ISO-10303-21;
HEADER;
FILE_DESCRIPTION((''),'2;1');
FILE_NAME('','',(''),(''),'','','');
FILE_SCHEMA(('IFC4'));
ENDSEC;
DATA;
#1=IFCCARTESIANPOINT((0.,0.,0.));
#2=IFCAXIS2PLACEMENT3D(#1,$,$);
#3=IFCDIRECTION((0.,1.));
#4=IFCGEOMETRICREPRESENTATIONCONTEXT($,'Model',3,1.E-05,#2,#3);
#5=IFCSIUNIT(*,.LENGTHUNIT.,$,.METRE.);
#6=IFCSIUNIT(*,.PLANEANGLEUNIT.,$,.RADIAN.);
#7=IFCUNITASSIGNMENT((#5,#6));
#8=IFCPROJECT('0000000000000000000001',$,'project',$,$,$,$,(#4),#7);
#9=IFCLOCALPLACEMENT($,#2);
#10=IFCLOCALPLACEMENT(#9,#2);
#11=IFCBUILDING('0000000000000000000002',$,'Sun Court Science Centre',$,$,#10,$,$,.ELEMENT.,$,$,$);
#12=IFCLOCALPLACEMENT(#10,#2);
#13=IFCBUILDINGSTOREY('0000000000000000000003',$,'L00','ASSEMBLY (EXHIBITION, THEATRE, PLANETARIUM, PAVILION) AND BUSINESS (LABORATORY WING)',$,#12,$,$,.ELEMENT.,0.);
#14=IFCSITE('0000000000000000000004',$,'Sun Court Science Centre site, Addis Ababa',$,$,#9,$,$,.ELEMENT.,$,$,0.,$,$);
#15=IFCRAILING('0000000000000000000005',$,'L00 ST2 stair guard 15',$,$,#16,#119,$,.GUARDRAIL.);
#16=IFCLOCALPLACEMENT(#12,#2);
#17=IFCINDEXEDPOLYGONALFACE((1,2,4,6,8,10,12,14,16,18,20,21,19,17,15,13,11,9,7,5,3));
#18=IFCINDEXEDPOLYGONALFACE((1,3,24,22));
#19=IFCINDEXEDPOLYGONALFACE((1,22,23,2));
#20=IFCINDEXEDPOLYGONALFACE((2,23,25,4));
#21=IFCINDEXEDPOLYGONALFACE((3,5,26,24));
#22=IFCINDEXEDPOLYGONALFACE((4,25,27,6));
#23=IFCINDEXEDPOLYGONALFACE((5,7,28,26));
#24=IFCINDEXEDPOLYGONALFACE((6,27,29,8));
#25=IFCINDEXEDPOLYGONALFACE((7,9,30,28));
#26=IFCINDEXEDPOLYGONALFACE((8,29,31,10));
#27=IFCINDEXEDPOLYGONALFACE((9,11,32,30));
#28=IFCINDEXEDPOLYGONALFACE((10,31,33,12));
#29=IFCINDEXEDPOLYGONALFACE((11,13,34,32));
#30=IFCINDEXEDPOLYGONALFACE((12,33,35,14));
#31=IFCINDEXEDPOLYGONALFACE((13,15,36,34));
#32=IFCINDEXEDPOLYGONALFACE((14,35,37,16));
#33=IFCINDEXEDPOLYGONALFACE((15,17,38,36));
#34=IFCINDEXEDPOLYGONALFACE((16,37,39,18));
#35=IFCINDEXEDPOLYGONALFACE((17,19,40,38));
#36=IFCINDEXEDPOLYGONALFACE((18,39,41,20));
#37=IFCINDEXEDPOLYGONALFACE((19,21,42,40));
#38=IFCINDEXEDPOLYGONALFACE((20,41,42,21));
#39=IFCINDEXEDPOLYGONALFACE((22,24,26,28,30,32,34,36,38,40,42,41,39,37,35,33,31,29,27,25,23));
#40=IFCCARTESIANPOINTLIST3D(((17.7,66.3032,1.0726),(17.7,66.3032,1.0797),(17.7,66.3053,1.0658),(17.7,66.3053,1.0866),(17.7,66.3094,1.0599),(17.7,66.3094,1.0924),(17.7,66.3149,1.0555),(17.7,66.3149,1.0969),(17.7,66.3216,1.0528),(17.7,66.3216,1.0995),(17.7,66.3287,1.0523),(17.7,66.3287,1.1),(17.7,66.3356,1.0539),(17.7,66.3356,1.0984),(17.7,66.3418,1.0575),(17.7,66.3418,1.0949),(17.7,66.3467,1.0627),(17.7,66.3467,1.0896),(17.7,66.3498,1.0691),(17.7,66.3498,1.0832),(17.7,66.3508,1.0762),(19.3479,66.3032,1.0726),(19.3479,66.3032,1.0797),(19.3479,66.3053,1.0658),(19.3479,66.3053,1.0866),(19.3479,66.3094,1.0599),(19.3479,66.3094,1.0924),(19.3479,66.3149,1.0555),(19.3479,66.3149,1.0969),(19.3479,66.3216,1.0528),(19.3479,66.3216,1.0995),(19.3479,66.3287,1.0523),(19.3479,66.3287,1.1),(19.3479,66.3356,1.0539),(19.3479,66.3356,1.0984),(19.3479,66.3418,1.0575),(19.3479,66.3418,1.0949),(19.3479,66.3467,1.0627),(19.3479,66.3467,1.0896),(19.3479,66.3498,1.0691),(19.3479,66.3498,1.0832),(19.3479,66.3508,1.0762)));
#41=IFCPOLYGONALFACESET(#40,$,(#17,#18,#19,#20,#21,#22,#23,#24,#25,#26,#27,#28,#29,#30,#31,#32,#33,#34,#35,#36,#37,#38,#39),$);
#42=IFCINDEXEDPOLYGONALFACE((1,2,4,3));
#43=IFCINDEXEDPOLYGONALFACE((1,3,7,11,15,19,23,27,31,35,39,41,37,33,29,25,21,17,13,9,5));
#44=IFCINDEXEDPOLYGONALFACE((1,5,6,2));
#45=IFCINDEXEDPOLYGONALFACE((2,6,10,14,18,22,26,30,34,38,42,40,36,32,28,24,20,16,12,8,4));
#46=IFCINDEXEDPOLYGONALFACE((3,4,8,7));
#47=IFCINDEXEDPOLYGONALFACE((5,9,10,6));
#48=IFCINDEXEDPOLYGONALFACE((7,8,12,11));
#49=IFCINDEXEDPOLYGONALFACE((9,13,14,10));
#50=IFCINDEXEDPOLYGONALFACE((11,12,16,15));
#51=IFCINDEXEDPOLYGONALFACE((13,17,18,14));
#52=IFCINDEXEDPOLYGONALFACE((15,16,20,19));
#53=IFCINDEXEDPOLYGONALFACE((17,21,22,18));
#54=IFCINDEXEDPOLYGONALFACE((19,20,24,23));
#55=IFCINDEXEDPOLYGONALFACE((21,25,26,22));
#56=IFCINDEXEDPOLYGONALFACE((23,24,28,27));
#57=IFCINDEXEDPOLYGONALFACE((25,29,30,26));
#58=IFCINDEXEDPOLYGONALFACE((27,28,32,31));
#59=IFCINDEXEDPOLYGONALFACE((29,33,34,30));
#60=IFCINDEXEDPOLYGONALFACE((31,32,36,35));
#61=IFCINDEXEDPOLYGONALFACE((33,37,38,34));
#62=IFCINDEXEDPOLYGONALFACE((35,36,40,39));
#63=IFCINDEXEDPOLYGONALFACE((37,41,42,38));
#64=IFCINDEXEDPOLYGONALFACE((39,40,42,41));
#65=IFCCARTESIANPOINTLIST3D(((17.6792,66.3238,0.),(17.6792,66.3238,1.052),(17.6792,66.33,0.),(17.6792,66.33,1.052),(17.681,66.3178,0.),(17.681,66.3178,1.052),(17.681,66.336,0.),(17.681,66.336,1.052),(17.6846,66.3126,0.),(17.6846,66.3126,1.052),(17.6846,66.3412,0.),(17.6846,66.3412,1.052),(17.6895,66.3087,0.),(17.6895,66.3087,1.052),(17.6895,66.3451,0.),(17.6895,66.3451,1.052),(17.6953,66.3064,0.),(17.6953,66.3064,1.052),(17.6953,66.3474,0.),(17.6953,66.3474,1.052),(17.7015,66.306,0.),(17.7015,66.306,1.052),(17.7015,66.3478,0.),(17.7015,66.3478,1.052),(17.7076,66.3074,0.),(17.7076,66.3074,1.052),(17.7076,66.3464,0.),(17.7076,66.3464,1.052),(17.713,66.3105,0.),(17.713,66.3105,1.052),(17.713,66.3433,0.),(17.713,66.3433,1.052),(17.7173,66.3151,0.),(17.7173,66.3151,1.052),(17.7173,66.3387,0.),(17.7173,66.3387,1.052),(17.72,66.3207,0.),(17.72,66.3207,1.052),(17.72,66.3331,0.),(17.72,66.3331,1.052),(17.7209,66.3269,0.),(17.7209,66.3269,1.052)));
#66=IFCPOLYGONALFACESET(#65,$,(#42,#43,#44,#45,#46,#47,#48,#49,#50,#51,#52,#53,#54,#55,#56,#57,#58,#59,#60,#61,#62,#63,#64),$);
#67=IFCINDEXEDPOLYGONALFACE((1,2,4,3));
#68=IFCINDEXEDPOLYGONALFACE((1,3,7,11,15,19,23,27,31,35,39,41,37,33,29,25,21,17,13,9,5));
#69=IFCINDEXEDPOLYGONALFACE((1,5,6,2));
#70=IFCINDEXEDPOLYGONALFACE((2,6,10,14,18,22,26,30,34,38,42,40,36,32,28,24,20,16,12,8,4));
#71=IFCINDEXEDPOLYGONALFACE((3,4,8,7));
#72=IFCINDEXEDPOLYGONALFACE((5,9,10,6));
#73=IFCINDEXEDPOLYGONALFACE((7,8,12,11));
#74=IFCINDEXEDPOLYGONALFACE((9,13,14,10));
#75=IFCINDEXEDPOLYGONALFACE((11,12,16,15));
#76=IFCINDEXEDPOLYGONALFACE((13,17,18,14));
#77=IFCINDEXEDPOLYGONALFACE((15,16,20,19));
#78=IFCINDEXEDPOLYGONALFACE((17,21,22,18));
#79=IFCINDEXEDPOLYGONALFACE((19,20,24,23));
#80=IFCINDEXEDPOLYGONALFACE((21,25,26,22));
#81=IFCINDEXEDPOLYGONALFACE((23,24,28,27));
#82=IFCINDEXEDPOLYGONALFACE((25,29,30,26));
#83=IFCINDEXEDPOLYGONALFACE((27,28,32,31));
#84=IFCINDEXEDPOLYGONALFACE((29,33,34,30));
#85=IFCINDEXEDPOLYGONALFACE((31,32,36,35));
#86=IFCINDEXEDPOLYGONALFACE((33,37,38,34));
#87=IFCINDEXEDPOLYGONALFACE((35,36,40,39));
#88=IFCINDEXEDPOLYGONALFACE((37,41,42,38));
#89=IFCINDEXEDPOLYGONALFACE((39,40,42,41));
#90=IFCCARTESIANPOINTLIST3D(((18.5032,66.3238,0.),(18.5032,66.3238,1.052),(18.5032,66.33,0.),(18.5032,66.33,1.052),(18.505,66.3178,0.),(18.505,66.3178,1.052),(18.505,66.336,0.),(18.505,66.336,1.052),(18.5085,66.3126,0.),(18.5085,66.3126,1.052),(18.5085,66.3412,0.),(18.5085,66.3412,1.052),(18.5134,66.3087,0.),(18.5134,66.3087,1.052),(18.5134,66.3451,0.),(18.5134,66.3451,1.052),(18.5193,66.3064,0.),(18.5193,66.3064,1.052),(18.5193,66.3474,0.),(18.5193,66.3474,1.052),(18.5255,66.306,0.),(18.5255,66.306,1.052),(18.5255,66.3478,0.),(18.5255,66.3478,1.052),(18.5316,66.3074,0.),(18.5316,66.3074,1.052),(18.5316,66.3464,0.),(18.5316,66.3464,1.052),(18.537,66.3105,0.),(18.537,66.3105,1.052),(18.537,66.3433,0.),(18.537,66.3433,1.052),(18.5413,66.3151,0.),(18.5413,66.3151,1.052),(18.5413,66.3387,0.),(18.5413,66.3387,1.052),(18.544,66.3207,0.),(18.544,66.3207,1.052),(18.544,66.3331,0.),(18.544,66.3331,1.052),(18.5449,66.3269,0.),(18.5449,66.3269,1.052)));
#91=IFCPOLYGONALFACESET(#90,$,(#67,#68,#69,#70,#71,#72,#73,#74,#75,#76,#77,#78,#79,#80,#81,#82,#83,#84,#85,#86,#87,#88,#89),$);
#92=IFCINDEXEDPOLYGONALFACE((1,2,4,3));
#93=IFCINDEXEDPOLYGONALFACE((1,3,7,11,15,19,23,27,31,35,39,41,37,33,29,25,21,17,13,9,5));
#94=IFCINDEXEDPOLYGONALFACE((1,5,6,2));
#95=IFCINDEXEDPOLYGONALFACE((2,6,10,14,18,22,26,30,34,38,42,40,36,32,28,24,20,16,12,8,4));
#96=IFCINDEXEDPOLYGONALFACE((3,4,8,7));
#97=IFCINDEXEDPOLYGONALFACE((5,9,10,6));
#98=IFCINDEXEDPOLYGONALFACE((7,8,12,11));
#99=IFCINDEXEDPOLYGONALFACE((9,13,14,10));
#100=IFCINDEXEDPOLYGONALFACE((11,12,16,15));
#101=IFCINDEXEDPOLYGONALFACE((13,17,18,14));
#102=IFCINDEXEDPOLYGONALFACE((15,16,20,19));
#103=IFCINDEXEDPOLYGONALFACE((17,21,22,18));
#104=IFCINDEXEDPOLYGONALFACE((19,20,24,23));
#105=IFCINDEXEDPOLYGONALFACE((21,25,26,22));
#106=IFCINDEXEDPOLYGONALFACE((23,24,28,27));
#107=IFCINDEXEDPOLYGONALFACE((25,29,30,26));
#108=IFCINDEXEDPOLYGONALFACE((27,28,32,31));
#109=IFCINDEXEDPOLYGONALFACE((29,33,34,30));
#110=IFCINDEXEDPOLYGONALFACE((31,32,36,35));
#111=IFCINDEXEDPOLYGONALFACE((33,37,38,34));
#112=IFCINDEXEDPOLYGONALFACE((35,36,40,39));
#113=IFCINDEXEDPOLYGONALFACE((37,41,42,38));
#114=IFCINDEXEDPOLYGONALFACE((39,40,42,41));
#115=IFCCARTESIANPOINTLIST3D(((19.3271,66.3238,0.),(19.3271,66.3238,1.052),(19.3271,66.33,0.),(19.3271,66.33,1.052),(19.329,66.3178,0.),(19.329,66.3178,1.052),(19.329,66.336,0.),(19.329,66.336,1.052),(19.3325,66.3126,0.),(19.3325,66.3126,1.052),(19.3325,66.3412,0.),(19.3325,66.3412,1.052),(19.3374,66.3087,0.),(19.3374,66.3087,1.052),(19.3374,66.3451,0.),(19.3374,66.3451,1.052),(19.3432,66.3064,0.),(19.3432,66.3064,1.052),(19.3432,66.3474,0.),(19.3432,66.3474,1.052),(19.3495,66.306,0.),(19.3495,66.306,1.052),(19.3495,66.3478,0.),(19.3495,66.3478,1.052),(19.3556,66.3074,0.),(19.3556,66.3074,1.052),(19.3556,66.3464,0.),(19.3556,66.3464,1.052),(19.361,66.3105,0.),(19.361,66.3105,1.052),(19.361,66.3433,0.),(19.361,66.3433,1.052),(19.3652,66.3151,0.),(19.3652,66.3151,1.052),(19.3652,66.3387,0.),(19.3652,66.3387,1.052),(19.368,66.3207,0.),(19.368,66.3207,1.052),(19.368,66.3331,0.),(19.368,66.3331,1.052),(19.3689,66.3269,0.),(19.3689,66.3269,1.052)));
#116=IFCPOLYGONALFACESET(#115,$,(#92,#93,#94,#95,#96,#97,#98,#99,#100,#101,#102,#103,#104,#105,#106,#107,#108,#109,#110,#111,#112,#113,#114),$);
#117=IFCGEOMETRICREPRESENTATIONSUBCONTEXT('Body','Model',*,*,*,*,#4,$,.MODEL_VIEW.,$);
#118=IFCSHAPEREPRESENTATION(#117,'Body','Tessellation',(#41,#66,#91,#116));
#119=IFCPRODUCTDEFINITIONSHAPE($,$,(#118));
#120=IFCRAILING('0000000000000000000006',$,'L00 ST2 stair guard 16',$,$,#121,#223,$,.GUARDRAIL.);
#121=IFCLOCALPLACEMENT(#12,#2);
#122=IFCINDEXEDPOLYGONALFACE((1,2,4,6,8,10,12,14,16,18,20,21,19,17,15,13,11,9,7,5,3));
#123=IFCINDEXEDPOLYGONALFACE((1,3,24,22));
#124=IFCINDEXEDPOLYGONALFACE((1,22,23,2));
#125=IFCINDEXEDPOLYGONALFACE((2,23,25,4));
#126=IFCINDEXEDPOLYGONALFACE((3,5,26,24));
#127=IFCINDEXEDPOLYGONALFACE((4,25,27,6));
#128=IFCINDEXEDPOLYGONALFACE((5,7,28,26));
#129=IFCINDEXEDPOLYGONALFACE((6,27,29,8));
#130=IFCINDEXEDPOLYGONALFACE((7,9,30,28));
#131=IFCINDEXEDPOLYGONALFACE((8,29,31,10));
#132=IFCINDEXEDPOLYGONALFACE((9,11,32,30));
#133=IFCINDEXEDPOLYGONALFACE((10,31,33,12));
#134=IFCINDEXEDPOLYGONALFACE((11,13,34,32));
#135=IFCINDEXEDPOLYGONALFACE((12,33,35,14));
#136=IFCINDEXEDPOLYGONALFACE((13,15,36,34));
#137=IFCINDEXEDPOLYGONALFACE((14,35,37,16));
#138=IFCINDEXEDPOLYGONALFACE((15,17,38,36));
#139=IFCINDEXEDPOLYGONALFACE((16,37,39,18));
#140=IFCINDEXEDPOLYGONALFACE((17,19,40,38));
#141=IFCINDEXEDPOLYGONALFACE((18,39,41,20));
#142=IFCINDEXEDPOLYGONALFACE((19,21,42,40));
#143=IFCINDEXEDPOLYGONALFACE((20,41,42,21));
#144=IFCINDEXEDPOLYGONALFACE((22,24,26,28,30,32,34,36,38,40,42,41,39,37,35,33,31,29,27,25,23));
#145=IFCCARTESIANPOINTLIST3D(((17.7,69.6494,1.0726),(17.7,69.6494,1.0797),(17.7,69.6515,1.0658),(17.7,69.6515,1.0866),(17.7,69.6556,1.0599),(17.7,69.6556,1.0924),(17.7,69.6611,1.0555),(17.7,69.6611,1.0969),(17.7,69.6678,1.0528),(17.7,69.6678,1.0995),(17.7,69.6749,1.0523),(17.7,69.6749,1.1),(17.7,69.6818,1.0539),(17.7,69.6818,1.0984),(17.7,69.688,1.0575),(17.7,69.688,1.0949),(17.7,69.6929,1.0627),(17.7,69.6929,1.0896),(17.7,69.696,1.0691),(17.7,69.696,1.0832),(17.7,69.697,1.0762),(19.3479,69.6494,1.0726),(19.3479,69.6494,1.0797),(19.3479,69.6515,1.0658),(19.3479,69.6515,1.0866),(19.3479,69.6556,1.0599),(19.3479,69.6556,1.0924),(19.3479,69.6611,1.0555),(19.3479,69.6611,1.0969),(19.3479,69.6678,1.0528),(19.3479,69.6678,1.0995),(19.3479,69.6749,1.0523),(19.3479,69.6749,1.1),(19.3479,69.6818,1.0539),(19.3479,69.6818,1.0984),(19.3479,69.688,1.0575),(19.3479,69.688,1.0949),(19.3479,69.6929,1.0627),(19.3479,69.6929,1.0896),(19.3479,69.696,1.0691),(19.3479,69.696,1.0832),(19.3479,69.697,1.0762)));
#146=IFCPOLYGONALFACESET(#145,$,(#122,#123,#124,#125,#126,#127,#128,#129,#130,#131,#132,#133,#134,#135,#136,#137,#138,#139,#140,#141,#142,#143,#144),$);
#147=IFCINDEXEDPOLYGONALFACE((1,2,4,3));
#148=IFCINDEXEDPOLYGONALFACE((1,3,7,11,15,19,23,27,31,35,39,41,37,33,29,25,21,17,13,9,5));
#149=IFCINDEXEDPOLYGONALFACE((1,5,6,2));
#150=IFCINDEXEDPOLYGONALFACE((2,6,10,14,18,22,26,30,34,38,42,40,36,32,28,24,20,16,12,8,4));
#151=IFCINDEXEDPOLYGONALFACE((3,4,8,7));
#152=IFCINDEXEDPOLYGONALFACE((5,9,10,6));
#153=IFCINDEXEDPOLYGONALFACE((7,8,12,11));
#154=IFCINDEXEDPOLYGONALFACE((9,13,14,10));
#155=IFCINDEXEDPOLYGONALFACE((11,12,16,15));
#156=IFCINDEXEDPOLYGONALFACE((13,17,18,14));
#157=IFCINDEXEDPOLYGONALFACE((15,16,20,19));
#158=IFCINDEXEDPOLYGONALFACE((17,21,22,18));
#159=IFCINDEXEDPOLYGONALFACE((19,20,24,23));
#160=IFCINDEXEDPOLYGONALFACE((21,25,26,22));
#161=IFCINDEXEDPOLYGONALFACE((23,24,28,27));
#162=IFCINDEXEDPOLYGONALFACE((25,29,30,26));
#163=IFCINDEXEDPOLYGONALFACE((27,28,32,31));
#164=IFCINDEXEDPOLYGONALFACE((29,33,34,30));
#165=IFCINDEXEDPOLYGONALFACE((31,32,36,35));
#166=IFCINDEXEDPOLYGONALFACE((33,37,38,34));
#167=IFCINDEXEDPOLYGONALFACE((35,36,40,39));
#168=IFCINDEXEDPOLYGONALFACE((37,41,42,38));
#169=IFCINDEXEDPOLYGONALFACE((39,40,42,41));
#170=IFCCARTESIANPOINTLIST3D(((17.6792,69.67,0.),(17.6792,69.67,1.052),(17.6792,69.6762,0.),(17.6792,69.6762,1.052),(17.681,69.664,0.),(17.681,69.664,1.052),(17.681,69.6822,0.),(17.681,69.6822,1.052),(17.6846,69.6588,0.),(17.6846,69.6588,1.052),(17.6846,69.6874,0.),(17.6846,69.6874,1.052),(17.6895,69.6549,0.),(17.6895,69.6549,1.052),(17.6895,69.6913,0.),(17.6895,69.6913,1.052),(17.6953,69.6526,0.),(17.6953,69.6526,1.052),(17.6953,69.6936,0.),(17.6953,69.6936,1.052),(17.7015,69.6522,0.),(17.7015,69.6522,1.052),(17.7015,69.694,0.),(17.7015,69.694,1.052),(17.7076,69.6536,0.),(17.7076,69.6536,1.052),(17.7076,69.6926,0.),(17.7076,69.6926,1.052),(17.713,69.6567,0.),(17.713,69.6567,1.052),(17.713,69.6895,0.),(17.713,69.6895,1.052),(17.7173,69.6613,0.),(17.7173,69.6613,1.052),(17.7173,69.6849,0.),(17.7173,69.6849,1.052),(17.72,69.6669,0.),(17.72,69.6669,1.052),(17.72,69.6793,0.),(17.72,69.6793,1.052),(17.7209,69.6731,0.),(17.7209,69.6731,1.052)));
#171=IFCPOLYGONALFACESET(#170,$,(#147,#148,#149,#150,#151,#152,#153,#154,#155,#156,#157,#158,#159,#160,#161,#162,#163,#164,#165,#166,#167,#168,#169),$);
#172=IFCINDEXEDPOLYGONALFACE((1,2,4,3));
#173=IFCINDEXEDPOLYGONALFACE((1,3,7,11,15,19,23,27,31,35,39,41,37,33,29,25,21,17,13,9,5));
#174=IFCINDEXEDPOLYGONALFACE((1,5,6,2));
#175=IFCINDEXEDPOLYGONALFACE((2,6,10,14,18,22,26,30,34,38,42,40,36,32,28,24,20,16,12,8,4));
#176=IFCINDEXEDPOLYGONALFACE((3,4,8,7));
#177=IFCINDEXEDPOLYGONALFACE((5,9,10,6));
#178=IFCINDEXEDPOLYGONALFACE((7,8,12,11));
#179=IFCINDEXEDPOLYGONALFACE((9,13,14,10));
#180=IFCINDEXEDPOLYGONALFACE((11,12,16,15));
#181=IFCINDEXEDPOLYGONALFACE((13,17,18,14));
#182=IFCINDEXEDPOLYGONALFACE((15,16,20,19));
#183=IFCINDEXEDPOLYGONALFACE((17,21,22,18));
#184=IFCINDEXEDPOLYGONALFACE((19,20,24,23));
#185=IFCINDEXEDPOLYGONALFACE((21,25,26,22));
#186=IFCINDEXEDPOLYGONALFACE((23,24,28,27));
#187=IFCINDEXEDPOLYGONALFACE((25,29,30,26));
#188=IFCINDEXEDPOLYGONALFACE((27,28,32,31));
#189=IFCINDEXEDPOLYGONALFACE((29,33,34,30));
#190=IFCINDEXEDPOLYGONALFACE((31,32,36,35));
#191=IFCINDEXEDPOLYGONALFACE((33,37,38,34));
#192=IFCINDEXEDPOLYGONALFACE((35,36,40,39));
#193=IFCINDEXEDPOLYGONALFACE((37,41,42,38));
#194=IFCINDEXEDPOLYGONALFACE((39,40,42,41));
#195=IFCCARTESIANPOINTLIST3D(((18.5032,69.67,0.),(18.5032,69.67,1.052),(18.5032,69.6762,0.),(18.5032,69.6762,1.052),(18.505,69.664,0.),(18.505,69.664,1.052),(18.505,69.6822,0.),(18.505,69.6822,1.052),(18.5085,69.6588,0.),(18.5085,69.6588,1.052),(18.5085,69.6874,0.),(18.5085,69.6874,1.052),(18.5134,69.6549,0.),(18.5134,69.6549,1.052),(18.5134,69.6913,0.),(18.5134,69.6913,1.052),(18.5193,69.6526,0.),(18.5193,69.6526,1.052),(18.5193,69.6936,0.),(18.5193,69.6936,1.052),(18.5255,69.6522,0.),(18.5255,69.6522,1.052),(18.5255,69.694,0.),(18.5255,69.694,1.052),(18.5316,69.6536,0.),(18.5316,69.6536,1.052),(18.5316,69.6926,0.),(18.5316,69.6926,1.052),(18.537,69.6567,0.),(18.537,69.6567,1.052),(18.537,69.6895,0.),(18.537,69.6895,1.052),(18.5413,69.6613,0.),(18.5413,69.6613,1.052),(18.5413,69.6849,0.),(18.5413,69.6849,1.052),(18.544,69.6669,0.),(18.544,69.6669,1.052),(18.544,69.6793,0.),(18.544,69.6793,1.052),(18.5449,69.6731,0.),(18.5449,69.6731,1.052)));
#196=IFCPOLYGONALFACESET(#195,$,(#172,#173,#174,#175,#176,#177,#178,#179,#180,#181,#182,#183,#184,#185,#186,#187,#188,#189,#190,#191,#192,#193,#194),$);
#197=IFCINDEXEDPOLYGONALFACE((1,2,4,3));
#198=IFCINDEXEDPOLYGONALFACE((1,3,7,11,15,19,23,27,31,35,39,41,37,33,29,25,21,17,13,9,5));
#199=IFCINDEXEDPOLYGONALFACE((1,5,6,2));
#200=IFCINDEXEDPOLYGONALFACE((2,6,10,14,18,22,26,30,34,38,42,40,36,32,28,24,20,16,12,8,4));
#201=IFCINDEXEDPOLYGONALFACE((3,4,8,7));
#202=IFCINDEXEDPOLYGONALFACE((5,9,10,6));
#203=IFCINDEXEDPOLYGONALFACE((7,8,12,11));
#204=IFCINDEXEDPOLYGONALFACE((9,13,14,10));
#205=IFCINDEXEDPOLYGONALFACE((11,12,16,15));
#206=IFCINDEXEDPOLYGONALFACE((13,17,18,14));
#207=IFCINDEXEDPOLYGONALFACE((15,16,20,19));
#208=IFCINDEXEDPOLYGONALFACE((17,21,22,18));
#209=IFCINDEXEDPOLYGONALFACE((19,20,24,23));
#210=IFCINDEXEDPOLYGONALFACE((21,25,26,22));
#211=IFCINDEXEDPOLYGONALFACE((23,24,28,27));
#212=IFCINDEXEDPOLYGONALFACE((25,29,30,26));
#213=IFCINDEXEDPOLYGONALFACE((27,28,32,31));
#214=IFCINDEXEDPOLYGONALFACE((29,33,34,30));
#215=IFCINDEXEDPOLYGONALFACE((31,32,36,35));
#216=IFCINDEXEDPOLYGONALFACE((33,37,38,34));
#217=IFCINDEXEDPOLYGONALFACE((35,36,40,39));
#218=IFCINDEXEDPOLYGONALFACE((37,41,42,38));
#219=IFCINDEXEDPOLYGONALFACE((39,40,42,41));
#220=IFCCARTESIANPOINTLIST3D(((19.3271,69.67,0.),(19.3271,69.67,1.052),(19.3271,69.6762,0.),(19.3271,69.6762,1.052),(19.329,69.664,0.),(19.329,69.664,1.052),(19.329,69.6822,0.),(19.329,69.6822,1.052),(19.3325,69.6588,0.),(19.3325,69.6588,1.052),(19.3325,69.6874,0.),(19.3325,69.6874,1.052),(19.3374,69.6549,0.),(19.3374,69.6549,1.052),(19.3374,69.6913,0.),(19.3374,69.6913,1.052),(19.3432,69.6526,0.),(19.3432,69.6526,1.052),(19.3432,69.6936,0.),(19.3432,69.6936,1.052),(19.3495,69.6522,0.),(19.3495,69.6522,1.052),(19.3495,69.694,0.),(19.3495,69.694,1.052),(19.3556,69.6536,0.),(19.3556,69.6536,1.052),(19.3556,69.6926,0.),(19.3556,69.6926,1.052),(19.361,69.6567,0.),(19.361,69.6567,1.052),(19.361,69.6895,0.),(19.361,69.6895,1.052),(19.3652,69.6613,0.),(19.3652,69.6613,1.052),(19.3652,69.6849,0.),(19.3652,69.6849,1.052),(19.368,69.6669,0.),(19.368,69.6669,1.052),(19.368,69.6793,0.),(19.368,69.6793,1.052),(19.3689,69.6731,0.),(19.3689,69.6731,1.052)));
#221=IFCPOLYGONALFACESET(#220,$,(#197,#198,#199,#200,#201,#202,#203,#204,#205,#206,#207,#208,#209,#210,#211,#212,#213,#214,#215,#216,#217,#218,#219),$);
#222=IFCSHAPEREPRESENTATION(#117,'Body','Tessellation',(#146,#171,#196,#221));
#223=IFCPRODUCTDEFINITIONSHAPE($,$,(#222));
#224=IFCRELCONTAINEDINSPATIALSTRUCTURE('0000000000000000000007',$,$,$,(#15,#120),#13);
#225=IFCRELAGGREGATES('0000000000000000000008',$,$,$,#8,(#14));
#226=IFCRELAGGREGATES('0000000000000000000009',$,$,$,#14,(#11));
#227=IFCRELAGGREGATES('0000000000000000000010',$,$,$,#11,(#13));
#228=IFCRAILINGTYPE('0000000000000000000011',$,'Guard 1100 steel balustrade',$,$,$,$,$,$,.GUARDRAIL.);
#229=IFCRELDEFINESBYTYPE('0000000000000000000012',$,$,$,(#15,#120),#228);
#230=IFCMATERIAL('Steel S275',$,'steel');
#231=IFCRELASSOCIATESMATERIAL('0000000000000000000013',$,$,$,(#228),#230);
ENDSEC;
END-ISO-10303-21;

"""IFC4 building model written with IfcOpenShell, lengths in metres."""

from ifc_helpers import new_model, si_unit, direction, frame, origin, origin_2d, place, context, subcontext, project, spatial, circle, extrude, material, type_object, element, save


model = new_model("IFC4")

# Units and contexts
model_context = context("Model", 3, precision=1e-05, world=origin(), true_north=direction((0.0, 1.0)))
body_context = subcontext(model_context, "Body", "Model", "MODEL_VIEW")
ifc_project = project(units=[si_unit("LENGTHUNIT", "METRE"), si_unit("PLANEANGLEUNIT", "RADIAN")], contexts=[model_context])

# Site, building, storey
site_placement = place(None, origin())
site = spatial("IfcSite", under=ifc_project, at=site_placement, Name="Sun Court Science Centre site, Addis Ababa", CompositionType="ELEMENT", RefElevation=0.0)
building_placement = place(site_placement, origin())
building = spatial("IfcBuilding", under=site, at=building_placement, Name="Sun Court Science Centre", CompositionType="ELEMENT")
storey_placement = place(building_placement, origin())
storey = spatial("IfcBuildingStorey", under=building, at=storey_placement, Name="L00", Description="ASSEMBLY (EXHIBITION, THEATRE, PLANETARIUM, PAVILION) AND BUSINESS (LABORATORY WING)", CompositionType="ELEMENT", Elevation=0.0)

# Railings
ifc_material_1 = material(Name="Steel S275", Category="steel")
railing_type_1 = type_object("IfcRailingType", Name="Guard 1100 steel balustrade", PredefinedType="GUARDRAIL", material=ifc_material_1)
for number, where, name in (
    (1, (17.7, 66.3269, 0.0), "L00 ST2 stair guard 15"),
    (2, (17.7, 69.6731, 0.0), "L00 ST2 stair guard 16"),
):
    element("IfcRailing", number, at=place(storey_placement, frame(where)), inside=storey, type_object=railing_type_1, Name=name, PredefinedType="GUARDRAIL", context=body_context, shape_type="SweptSolid", body=[
        extrude(circle(Radius=0.0239, at=origin_2d()), frame((0.0, 0.0, 1.0762), z_axis=(1.0, 0.0, 0.0), x_axis=(0.0, 1.0, 0.0)), (0.0, 0.0, 1.0), 1.6479),
        extrude(circle(Radius=0.021, at=origin_2d()), origin(), (0.0, 0.0, 1.0), 1.052),
        extrude(circle(Radius=0.021, at=origin_2d()), frame((0.824, 0.0, 0.0)), (0.0, 0.0, 1.0), 1.052),
        extrude(circle(Radius=0.021, at=origin_2d()), frame((1.6479, 0.0, 0.0)), (0.0, 0.0, 1.0), 1.052),
    ])

save(model, "model.ifc")
